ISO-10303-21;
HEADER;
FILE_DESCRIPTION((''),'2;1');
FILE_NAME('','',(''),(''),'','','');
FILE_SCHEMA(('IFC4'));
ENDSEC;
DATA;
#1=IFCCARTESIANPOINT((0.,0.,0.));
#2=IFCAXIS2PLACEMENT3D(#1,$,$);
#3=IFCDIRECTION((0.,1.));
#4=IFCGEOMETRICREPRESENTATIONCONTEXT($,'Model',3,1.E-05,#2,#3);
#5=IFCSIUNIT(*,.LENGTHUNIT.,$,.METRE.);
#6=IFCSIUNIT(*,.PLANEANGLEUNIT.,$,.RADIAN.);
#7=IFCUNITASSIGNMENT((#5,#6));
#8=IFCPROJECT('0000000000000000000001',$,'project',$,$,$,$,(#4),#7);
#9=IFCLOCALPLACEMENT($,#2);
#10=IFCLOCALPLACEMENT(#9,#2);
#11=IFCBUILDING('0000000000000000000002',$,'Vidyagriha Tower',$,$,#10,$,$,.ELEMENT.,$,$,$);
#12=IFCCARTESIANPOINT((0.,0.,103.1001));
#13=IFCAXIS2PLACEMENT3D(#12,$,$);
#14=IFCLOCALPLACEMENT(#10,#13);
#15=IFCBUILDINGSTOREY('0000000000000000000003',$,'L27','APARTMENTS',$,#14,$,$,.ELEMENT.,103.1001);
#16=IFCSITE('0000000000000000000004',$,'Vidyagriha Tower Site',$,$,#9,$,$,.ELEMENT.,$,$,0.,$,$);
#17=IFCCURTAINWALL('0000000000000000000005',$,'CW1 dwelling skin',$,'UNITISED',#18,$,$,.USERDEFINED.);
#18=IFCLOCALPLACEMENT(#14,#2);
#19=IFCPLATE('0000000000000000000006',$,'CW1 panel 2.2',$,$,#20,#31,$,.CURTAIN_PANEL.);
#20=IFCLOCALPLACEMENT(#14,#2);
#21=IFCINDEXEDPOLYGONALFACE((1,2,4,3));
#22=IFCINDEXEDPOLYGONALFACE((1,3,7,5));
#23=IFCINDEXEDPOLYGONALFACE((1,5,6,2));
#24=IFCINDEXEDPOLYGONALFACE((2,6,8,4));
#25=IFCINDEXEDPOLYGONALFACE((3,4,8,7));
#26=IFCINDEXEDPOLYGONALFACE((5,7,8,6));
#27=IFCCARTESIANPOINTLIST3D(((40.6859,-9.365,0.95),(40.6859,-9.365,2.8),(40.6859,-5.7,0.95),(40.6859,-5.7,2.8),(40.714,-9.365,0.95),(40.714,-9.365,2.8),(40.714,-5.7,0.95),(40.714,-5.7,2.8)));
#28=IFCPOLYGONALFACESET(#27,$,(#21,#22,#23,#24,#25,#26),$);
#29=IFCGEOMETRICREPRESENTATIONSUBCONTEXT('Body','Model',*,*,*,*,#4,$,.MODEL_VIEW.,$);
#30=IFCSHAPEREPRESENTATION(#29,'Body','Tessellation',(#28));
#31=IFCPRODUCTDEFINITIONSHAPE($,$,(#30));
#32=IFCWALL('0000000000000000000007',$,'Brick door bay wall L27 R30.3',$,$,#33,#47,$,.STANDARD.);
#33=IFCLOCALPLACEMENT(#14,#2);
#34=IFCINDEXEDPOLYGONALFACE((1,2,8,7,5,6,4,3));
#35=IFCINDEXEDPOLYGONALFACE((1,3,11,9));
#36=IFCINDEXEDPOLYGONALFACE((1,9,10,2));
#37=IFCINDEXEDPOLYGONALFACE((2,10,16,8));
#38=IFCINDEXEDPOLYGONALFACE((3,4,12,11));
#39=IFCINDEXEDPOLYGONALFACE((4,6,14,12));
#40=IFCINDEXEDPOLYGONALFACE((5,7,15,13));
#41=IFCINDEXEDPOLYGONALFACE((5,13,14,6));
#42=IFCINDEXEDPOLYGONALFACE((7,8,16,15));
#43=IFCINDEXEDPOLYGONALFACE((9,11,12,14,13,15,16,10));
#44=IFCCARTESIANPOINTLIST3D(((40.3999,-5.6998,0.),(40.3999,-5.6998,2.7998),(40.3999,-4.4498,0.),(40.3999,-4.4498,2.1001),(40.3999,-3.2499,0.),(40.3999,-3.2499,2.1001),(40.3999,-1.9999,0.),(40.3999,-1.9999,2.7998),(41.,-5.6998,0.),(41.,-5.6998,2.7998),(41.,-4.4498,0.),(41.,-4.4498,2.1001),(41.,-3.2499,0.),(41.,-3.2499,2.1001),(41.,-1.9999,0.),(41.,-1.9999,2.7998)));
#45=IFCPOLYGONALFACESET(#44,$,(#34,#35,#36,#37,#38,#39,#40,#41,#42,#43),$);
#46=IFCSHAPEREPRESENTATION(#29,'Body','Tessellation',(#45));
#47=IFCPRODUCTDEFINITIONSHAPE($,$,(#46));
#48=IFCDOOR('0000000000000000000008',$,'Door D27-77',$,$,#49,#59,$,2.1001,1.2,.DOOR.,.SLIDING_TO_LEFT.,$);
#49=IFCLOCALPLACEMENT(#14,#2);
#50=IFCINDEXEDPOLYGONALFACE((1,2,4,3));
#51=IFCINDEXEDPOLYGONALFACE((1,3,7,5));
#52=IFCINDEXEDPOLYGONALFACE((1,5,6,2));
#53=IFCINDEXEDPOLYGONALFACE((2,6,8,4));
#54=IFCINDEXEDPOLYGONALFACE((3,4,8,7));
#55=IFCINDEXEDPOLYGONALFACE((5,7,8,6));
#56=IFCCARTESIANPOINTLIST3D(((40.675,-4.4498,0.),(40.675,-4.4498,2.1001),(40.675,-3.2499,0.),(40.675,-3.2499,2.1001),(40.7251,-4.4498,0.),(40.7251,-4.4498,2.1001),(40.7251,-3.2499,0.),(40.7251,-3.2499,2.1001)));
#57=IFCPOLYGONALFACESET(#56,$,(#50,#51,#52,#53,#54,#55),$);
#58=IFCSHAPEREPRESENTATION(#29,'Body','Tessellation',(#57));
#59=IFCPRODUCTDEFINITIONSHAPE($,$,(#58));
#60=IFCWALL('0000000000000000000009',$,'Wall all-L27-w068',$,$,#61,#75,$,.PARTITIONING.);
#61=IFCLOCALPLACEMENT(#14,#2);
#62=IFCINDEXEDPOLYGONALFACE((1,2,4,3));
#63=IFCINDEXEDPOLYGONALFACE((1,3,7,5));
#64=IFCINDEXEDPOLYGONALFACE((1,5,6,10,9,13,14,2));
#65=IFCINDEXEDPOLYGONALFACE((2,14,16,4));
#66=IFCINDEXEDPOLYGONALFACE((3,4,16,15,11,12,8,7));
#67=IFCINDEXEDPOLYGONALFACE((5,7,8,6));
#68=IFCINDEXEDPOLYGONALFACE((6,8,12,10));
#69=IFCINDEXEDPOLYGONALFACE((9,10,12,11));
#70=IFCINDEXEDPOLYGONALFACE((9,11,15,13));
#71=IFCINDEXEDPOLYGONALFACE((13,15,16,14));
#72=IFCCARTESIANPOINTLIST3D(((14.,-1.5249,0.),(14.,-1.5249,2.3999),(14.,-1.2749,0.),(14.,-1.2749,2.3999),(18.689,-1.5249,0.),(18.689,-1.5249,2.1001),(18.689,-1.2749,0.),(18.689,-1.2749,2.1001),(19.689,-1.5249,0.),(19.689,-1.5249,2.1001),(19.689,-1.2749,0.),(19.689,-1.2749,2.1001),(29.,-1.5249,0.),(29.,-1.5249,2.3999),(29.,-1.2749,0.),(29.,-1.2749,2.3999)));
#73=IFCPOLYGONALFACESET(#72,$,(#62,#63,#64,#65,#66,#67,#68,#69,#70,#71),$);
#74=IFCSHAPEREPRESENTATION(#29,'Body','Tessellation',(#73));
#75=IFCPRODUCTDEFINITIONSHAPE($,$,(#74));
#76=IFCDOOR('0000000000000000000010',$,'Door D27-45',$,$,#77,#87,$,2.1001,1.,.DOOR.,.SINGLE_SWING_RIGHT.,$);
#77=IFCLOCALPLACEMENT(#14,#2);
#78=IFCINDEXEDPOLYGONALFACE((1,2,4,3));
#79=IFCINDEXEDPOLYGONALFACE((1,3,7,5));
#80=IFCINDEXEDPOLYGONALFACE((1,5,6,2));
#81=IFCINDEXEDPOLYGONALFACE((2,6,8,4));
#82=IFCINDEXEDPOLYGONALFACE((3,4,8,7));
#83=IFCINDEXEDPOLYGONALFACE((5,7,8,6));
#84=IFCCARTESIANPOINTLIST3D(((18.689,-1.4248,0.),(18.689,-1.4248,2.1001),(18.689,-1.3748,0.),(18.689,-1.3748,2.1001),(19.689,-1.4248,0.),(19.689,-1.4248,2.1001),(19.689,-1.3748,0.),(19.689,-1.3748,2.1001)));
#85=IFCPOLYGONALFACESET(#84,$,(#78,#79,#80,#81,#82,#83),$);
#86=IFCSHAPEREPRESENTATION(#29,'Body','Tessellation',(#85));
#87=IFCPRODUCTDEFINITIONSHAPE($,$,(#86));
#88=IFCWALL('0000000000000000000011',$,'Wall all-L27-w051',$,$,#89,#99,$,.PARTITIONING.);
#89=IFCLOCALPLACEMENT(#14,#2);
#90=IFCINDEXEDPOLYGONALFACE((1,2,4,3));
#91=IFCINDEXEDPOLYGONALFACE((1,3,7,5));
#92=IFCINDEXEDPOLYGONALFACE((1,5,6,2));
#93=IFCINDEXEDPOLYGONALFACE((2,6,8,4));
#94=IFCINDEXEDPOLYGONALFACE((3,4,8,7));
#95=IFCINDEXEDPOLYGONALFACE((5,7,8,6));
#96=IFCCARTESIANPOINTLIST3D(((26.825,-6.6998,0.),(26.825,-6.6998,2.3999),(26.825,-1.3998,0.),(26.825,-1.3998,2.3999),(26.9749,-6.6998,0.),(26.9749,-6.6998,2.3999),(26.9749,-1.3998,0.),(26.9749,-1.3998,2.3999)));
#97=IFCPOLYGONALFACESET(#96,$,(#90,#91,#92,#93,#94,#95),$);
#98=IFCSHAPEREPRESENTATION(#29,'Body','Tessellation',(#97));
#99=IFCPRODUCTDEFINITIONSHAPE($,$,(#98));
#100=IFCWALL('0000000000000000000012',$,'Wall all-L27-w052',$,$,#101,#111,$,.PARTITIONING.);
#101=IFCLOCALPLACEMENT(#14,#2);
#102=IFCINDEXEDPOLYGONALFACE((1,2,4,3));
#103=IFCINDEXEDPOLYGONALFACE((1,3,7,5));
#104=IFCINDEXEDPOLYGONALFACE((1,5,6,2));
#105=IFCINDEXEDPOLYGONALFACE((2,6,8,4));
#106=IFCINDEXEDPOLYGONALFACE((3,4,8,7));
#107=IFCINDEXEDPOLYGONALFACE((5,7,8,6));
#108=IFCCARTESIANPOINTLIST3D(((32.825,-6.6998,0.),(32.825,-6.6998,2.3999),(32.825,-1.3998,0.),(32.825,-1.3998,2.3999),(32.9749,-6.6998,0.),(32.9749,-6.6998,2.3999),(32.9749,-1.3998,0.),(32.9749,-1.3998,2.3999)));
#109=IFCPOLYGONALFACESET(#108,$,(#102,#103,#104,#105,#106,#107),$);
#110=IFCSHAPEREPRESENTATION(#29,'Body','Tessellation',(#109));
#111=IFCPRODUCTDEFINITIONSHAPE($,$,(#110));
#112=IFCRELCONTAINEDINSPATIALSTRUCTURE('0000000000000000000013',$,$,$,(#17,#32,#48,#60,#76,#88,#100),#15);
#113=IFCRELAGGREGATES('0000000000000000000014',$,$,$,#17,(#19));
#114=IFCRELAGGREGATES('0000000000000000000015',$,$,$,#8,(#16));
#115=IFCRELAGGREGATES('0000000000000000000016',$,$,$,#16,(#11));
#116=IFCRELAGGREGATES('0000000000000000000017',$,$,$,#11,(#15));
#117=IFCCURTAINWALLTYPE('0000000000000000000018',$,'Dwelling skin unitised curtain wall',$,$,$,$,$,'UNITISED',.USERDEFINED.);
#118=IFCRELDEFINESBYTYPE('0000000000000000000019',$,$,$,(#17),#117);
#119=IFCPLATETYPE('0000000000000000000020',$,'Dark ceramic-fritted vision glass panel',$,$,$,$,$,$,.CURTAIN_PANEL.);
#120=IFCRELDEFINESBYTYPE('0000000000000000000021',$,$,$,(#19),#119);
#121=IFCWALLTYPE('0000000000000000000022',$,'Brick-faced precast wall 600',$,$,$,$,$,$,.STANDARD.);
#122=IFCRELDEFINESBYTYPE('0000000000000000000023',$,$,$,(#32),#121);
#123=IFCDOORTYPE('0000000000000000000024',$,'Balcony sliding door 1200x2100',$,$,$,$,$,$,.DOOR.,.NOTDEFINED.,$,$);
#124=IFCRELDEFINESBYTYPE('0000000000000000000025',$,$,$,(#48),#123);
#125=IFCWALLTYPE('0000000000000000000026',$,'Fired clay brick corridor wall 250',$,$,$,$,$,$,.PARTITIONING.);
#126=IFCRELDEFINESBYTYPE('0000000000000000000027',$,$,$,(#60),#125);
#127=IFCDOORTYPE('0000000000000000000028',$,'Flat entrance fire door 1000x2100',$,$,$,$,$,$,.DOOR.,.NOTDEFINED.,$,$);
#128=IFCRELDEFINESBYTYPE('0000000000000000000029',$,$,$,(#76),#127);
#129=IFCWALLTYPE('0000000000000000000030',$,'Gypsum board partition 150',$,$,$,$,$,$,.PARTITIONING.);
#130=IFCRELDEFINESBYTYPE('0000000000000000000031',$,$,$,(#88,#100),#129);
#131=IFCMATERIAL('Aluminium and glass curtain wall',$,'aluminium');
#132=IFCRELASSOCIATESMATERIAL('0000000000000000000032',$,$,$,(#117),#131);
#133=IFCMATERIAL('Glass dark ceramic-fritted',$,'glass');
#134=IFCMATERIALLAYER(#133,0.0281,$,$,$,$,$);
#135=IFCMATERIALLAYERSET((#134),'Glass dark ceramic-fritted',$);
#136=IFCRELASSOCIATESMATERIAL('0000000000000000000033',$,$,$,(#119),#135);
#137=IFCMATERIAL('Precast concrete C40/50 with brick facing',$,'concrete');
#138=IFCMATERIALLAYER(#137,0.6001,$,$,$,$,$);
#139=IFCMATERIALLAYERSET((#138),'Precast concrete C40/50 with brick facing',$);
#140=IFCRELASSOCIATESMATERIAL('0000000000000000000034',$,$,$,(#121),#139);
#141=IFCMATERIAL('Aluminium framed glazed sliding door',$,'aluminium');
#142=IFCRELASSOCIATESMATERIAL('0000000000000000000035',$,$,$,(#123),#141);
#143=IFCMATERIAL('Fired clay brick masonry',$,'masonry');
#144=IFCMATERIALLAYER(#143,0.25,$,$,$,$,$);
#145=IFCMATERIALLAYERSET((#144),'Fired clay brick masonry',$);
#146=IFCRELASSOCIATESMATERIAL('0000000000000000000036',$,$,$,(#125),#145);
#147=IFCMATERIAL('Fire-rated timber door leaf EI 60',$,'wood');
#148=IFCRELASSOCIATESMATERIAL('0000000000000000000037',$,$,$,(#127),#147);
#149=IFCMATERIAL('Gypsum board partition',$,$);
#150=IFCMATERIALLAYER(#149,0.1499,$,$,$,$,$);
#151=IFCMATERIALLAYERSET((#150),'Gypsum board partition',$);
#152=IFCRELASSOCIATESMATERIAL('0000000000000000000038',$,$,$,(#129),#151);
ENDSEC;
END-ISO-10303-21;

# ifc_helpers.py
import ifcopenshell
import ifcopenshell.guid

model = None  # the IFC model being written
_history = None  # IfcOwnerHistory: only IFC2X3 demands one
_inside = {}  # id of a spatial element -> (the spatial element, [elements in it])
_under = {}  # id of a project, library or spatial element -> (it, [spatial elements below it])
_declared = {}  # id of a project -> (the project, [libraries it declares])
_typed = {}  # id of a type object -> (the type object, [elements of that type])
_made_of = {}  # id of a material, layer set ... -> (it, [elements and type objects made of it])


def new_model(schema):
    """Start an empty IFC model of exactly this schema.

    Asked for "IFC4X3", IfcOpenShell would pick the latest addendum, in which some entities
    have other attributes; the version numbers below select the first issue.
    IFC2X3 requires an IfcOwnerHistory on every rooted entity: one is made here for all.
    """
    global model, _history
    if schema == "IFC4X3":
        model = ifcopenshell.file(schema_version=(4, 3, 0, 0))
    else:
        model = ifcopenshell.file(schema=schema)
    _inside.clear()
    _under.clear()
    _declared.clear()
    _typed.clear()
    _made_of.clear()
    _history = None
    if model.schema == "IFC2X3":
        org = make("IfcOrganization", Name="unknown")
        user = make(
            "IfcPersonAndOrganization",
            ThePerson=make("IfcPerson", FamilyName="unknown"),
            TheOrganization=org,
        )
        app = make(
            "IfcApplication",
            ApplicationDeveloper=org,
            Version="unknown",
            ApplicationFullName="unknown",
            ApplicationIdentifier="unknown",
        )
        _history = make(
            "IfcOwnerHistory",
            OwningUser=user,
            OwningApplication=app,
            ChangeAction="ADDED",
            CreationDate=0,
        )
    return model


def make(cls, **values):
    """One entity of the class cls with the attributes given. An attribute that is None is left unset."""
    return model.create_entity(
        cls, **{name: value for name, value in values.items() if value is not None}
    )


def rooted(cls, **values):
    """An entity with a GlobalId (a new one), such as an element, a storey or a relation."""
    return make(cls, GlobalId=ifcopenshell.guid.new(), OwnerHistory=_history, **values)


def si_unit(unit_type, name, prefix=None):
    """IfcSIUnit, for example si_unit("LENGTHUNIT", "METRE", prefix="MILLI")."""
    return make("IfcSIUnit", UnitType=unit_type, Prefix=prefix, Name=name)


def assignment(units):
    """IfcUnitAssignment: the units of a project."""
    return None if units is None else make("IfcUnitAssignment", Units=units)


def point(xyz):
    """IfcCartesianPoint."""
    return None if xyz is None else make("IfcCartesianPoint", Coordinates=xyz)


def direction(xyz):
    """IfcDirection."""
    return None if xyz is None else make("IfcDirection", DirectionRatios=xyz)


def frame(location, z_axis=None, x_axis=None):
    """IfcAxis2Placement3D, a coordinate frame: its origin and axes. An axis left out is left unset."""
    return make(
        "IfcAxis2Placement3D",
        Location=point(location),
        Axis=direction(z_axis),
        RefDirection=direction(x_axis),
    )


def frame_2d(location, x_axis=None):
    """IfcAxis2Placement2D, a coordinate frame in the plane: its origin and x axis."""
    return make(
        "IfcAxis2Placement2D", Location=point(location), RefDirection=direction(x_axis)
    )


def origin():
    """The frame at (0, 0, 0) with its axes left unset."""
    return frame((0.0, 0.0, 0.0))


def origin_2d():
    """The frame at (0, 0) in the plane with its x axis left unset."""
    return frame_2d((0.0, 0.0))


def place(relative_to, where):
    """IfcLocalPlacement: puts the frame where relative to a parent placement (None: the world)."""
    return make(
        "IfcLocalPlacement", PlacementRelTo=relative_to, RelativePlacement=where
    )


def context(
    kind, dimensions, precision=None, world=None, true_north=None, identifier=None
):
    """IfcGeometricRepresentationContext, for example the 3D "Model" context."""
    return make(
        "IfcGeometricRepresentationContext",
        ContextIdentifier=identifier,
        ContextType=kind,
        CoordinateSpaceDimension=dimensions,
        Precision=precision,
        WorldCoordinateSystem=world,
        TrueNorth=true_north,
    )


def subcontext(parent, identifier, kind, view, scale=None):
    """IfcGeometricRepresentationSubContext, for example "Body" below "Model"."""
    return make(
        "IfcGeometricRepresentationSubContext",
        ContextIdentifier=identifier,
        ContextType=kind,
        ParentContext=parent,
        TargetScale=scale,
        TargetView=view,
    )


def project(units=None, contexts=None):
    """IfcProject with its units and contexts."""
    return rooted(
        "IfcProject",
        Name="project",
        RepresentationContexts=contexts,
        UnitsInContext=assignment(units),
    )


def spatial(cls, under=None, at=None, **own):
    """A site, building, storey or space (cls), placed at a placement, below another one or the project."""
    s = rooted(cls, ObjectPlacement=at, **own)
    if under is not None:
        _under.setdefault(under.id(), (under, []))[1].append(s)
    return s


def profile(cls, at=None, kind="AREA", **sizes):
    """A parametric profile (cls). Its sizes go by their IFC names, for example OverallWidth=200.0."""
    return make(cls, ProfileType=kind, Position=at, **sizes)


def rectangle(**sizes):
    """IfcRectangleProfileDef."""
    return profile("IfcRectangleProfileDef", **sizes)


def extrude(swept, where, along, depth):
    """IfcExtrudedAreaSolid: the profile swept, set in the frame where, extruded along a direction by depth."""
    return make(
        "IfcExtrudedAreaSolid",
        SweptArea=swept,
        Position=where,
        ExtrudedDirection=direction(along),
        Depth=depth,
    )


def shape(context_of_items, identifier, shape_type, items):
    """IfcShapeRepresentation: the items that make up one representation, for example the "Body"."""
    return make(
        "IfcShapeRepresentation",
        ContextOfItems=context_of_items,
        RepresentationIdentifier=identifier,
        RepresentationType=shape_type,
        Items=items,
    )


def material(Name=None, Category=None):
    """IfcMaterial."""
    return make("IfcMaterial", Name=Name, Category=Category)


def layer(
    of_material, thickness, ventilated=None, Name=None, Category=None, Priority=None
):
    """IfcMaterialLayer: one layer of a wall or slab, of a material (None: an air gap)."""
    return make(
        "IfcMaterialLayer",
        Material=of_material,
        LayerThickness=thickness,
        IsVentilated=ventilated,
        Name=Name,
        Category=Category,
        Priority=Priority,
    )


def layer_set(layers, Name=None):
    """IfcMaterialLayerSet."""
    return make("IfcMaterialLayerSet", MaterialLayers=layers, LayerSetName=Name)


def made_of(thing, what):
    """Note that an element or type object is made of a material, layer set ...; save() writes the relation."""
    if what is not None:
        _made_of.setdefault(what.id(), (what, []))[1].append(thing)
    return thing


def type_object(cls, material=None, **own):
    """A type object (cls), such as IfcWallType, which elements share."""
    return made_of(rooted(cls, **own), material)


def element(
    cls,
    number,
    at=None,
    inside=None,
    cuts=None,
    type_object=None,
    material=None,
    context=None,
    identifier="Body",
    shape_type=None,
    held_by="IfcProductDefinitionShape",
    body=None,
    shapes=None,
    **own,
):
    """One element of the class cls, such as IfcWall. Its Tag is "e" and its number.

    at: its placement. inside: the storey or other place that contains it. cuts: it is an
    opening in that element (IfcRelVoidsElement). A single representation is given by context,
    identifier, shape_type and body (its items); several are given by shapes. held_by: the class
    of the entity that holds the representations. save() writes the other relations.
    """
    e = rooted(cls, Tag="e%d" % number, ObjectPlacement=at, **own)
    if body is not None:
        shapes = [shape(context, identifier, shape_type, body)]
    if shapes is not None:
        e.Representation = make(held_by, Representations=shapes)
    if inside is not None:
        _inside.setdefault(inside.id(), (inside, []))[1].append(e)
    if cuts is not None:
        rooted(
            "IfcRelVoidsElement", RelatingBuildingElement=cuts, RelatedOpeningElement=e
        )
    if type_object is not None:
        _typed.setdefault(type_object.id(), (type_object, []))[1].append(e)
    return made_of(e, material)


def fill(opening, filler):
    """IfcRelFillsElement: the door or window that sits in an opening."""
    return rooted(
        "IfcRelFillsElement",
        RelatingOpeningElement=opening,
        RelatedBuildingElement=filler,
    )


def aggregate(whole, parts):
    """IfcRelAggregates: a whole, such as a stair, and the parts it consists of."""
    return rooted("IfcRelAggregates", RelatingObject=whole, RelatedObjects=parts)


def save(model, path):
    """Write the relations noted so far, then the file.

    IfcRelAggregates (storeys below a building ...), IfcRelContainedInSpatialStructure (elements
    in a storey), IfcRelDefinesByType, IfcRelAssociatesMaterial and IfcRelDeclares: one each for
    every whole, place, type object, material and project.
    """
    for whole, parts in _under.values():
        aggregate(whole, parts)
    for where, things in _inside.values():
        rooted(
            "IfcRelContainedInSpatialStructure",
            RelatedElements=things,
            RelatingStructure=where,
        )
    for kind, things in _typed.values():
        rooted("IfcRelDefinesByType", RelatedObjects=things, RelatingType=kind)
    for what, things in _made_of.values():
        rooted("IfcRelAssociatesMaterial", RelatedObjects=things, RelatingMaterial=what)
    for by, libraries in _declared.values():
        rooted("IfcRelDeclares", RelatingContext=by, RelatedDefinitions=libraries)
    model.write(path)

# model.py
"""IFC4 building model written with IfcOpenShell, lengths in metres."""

from ifc_helpers import new_model, si_unit, direction, frame, frame_2d, origin, origin_2d, place, context, subcontext, project, spatial, rectangle, extrude, material, layer, layer_set, type_object, element, fill, aggregate, save


model = new_model("IFC4")

# Units and contexts
model_context = context("Model", 3, precision=1e-05, world=origin(), true_north=direction((0.0, 1.0)))
body_context = subcontext(model_context, "Body", "Model", "MODEL_VIEW")
ifc_project = project(units=[si_unit("LENGTHUNIT", "METRE"), si_unit("PLANEANGLEUNIT", "RADIAN")], contexts=[model_context])

# Site, building, storey
site_placement = place(None, origin())
site = spatial("IfcSite", under=ifc_project, at=site_placement, Name="Vidyagriha Tower Site", CompositionType="ELEMENT", RefElevation=0.0)
building_placement = place(site_placement, origin())
building = spatial("IfcBuilding", under=site, at=building_placement, Name="Vidyagriha Tower", CompositionType="ELEMENT")
storey_placement = place(building_placement, frame((0.0, 0.0, 103.1001)))
storey = spatial("IfcBuildingStorey", under=building, at=storey_placement, Name="L27", Description="APARTMENTS", CompositionType="ELEMENT", Elevation=103.1001)

# Curtain wall
ifc_material_1 = material(Name="Aluminium and glass curtain wall", Category="aluminium")
curtain_wall_type = type_object("IfcCurtainWallType", Name="Dwelling skin unitised curtain wall", ElementType="UNITISED", PredefinedType="USERDEFINED", material=ifc_material_1)
curtain_wall_1_placement = place(storey_placement, origin())
curtain_wall_1 = element("IfcCurtainWall", 1, at=curtain_wall_1_placement, inside=storey, type_object=curtain_wall_type, Name="CW1 dwelling skin", ObjectType="UNITISED", PredefinedType="USERDEFINED")

# Plate
ifc_material_2 = material(Name="Glass dark ceramic-fritted", Category="glass")
ifc_layer_1 = layer(ifc_material_2, 0.0281)
ifc_layer_set_1 = layer_set([ifc_layer_1], Name="Glass dark ceramic-fritted")
plate_type_1 = type_object("IfcPlateType", Name="Dark ceramic-fritted vision glass panel", PredefinedType="CURTAIN_PANEL", material=ifc_layer_set_1)
plate_1_placement = place(storey_placement, frame((40.7, -7.5325, 0.95), z_axis=(0.0, 0.0, 1.0), x_axis=(0.0, 1.0, 0.0)))
plate_1 = element("IfcPlate", 2, at=plate_1_placement, type_object=plate_type_1, Name="CW1 panel 2.2", PredefinedType="CURTAIN_PANEL", context=body_context, shape_type="SweptSolid", body=[
    extrude(rectangle(XDim=3.665, YDim=0.0281, at=origin_2d()), origin(), (0.0, 0.0, 1.0), 1.8501),
])
aggregate(curtain_wall_1, [plate_1])

# Walls, openings, doors
ifc_material_3 = material(Name="Precast concrete C40/50 with brick facing", Category="concrete")
ifc_layer_2 = layer(ifc_material_3, 0.6001)
ifc_layer_set_2 = layer_set([ifc_layer_2], Name="Precast concrete C40/50 with brick facing")
wall_type_1 = type_object("IfcWallType", Name="Brick-faced precast wall 600", PredefinedType="STANDARD", material=ifc_layer_set_2)
wall_1_placement = place(storey_placement, frame((40.7, -5.7, 0.0), z_axis=(0.0, 0.0, 1.0), x_axis=(0.0, 1.0, 0.0)))
wall_1 = element("IfcWall", 3, at=wall_1_placement, inside=storey, type_object=wall_type_1, Name="Brick door bay wall L27 R30.3", PredefinedType="STANDARD", context=body_context, shape_type="SweptSolid", body=[
    extrude(rectangle(XDim=3.7, YDim=0.6001, at=frame_2d((1.8501, 0.0))), origin(), (0.0, 0.0, 1.0), 2.7998),
])
opening_1_placement = place(wall_1_placement, frame((1.25, 0.0, 0.0)))
opening_1 = element("IfcOpeningElement", 4, at=opening_1_placement, cuts=wall_1, PredefinedType="OPENING", context=body_context, shape_type="SweptSolid", body=[
    extrude(rectangle(XDim=1.2, YDim=2.1001, at=frame_2d((0.6001, 1.05))), frame((0.0, 0.3101, 0.0), z_axis=(0.0, -1.0, 0.0), x_axis=(1.0, 0.0, 0.0)), (0.0, 0.0, 1.0), 0.6201),
])
ifc_material_4 = material(Name="Aluminium framed glazed sliding door", Category="aluminium")
door_type_1 = type_object("IfcDoorType", Name="Balcony sliding door 1200x2100", OperationType="NOTDEFINED", PredefinedType="DOOR", material=ifc_material_4)
door_1_placement = place(opening_1_placement, origin())
door_1 = element("IfcDoor", 5, at=door_1_placement, inside=storey, type_object=door_type_1, Name="Door D27-77", OperationType="SLIDING_TO_LEFT", OverallHeight=2.1001, OverallWidth=1.2, PredefinedType="DOOR", context=body_context, shape_type="SweptSolid", body=[
    extrude(rectangle(XDim=1.2, YDim=2.1001, at=frame_2d((0.6001, 1.05))), frame((0.0, 0.0249, 0.0), z_axis=(0.0, -1.0, 0.0), x_axis=(1.0, 0.0, 0.0)), (0.0, 0.0, 1.0), 0.05),
])
fill(opening_1, door_1)
ifc_material_5 = material(Name="Fired clay brick masonry", Category="masonry")
ifc_layer_3 = layer(ifc_material_5, 0.25)
ifc_layer_set_3 = layer_set([ifc_layer_3], Name="Fired clay brick masonry")
wall_type_2 = type_object("IfcWallType", Name="Fired clay brick corridor wall 250", PredefinedType="PARTITIONING", material=ifc_layer_set_3)
wall_2_placement = place(storey_placement, frame((29.0, -1.3999, 0.0), z_axis=(0.0, 0.0, 1.0), x_axis=(-1.0, 0.0, 0.0)))
wall_2 = element("IfcWall", 6, at=wall_2_placement, inside=storey, type_object=wall_type_2, Name="Wall all-L27-w068", PredefinedType="PARTITIONING", context=body_context, shape_type="SweptSolid", body=[
    extrude(rectangle(XDim=15.0, YDim=0.25, at=frame_2d((7.5, 0.0))), origin(), (0.0, 0.0, 1.0), 2.3999),
])
opening_2_placement = place(wall_2_placement, frame((9.311, 0.0, 0.0)))
opening_2 = element("IfcOpeningElement", 7, at=opening_2_placement, cuts=wall_2, PredefinedType="OPENING", context=body_context, shape_type="SweptSolid", body=[
    extrude(rectangle(XDim=1.0, YDim=2.1001, at=frame_2d((0.5, 1.05))), frame((0.0, 0.135, 0.0), z_axis=(0.0, -1.0, 0.0), x_axis=(1.0, 0.0, 0.0)), (0.0, 0.0, 1.0), 0.27),
])
ifc_material_6 = material(Name="Fire-rated timber door leaf EI 60", Category="wood")
door_type_2 = type_object("IfcDoorType", Name="Flat entrance fire door 1000x2100", OperationType="NOTDEFINED", PredefinedType="DOOR", material=ifc_material_6)
door_2_placement = place(opening_2_placement, origin())
door_2 = element("IfcDoor", 8, at=door_2_placement, inside=storey, type_object=door_type_2, Name="Door D27-45", OperationType="SINGLE_SWING_RIGHT", OverallHeight=2.1001, OverallWidth=1.0, PredefinedType="DOOR", context=body_context, shape_type="SweptSolid", body=[
    extrude(rectangle(XDim=1.0, YDim=2.1001, at=frame_2d((0.5, 1.05))), frame((0.0, 0.0249, 0.0), z_axis=(0.0, -1.0, 0.0), x_axis=(1.0, 0.0, 0.0)), (0.0, 0.0, 1.0), 0.05),
])
fill(opening_2, door_2)

# Walls
ifc_material_7 = material(Name="Gypsum board partition")
ifc_layer_4 = layer(ifc_material_7, 0.1499)
ifc_layer_set_4 = layer_set([ifc_layer_4], Name="Gypsum board partition")
wall_type_3 = type_object("IfcWallType", Name="Gypsum board partition 150", PredefinedType="PARTITIONING", material=ifc_layer_set_4)
for number, where, z_axis, x_axis, name in (
    (9, (26.8999, -1.3999, 0.0), (0.0, 0.0, 1.0), (0.0, -1.0, 0.0), "Wall all-L27-w051"),
    (10, (32.8999, -1.3999, 0.0), (0.0, 0.0, 1.0), (0.0, -1.0, 0.0), "Wall all-L27-w052"),
):
    element("IfcWall", number, at=place(storey_placement, frame(where, z_axis=z_axis, x_axis=x_axis)), inside=storey, type_object=wall_type_3, Name=name, PredefinedType="PARTITIONING", context=body_context, shape_type="SweptSolid", body=[
        extrude(rectangle(XDim=5.3, YDim=0.1499, at=frame_2d((2.6499, 0.0))), origin(), (0.0, 0.0, 1.0), 2.3999),
    ])

save(model, "model.ifc")
